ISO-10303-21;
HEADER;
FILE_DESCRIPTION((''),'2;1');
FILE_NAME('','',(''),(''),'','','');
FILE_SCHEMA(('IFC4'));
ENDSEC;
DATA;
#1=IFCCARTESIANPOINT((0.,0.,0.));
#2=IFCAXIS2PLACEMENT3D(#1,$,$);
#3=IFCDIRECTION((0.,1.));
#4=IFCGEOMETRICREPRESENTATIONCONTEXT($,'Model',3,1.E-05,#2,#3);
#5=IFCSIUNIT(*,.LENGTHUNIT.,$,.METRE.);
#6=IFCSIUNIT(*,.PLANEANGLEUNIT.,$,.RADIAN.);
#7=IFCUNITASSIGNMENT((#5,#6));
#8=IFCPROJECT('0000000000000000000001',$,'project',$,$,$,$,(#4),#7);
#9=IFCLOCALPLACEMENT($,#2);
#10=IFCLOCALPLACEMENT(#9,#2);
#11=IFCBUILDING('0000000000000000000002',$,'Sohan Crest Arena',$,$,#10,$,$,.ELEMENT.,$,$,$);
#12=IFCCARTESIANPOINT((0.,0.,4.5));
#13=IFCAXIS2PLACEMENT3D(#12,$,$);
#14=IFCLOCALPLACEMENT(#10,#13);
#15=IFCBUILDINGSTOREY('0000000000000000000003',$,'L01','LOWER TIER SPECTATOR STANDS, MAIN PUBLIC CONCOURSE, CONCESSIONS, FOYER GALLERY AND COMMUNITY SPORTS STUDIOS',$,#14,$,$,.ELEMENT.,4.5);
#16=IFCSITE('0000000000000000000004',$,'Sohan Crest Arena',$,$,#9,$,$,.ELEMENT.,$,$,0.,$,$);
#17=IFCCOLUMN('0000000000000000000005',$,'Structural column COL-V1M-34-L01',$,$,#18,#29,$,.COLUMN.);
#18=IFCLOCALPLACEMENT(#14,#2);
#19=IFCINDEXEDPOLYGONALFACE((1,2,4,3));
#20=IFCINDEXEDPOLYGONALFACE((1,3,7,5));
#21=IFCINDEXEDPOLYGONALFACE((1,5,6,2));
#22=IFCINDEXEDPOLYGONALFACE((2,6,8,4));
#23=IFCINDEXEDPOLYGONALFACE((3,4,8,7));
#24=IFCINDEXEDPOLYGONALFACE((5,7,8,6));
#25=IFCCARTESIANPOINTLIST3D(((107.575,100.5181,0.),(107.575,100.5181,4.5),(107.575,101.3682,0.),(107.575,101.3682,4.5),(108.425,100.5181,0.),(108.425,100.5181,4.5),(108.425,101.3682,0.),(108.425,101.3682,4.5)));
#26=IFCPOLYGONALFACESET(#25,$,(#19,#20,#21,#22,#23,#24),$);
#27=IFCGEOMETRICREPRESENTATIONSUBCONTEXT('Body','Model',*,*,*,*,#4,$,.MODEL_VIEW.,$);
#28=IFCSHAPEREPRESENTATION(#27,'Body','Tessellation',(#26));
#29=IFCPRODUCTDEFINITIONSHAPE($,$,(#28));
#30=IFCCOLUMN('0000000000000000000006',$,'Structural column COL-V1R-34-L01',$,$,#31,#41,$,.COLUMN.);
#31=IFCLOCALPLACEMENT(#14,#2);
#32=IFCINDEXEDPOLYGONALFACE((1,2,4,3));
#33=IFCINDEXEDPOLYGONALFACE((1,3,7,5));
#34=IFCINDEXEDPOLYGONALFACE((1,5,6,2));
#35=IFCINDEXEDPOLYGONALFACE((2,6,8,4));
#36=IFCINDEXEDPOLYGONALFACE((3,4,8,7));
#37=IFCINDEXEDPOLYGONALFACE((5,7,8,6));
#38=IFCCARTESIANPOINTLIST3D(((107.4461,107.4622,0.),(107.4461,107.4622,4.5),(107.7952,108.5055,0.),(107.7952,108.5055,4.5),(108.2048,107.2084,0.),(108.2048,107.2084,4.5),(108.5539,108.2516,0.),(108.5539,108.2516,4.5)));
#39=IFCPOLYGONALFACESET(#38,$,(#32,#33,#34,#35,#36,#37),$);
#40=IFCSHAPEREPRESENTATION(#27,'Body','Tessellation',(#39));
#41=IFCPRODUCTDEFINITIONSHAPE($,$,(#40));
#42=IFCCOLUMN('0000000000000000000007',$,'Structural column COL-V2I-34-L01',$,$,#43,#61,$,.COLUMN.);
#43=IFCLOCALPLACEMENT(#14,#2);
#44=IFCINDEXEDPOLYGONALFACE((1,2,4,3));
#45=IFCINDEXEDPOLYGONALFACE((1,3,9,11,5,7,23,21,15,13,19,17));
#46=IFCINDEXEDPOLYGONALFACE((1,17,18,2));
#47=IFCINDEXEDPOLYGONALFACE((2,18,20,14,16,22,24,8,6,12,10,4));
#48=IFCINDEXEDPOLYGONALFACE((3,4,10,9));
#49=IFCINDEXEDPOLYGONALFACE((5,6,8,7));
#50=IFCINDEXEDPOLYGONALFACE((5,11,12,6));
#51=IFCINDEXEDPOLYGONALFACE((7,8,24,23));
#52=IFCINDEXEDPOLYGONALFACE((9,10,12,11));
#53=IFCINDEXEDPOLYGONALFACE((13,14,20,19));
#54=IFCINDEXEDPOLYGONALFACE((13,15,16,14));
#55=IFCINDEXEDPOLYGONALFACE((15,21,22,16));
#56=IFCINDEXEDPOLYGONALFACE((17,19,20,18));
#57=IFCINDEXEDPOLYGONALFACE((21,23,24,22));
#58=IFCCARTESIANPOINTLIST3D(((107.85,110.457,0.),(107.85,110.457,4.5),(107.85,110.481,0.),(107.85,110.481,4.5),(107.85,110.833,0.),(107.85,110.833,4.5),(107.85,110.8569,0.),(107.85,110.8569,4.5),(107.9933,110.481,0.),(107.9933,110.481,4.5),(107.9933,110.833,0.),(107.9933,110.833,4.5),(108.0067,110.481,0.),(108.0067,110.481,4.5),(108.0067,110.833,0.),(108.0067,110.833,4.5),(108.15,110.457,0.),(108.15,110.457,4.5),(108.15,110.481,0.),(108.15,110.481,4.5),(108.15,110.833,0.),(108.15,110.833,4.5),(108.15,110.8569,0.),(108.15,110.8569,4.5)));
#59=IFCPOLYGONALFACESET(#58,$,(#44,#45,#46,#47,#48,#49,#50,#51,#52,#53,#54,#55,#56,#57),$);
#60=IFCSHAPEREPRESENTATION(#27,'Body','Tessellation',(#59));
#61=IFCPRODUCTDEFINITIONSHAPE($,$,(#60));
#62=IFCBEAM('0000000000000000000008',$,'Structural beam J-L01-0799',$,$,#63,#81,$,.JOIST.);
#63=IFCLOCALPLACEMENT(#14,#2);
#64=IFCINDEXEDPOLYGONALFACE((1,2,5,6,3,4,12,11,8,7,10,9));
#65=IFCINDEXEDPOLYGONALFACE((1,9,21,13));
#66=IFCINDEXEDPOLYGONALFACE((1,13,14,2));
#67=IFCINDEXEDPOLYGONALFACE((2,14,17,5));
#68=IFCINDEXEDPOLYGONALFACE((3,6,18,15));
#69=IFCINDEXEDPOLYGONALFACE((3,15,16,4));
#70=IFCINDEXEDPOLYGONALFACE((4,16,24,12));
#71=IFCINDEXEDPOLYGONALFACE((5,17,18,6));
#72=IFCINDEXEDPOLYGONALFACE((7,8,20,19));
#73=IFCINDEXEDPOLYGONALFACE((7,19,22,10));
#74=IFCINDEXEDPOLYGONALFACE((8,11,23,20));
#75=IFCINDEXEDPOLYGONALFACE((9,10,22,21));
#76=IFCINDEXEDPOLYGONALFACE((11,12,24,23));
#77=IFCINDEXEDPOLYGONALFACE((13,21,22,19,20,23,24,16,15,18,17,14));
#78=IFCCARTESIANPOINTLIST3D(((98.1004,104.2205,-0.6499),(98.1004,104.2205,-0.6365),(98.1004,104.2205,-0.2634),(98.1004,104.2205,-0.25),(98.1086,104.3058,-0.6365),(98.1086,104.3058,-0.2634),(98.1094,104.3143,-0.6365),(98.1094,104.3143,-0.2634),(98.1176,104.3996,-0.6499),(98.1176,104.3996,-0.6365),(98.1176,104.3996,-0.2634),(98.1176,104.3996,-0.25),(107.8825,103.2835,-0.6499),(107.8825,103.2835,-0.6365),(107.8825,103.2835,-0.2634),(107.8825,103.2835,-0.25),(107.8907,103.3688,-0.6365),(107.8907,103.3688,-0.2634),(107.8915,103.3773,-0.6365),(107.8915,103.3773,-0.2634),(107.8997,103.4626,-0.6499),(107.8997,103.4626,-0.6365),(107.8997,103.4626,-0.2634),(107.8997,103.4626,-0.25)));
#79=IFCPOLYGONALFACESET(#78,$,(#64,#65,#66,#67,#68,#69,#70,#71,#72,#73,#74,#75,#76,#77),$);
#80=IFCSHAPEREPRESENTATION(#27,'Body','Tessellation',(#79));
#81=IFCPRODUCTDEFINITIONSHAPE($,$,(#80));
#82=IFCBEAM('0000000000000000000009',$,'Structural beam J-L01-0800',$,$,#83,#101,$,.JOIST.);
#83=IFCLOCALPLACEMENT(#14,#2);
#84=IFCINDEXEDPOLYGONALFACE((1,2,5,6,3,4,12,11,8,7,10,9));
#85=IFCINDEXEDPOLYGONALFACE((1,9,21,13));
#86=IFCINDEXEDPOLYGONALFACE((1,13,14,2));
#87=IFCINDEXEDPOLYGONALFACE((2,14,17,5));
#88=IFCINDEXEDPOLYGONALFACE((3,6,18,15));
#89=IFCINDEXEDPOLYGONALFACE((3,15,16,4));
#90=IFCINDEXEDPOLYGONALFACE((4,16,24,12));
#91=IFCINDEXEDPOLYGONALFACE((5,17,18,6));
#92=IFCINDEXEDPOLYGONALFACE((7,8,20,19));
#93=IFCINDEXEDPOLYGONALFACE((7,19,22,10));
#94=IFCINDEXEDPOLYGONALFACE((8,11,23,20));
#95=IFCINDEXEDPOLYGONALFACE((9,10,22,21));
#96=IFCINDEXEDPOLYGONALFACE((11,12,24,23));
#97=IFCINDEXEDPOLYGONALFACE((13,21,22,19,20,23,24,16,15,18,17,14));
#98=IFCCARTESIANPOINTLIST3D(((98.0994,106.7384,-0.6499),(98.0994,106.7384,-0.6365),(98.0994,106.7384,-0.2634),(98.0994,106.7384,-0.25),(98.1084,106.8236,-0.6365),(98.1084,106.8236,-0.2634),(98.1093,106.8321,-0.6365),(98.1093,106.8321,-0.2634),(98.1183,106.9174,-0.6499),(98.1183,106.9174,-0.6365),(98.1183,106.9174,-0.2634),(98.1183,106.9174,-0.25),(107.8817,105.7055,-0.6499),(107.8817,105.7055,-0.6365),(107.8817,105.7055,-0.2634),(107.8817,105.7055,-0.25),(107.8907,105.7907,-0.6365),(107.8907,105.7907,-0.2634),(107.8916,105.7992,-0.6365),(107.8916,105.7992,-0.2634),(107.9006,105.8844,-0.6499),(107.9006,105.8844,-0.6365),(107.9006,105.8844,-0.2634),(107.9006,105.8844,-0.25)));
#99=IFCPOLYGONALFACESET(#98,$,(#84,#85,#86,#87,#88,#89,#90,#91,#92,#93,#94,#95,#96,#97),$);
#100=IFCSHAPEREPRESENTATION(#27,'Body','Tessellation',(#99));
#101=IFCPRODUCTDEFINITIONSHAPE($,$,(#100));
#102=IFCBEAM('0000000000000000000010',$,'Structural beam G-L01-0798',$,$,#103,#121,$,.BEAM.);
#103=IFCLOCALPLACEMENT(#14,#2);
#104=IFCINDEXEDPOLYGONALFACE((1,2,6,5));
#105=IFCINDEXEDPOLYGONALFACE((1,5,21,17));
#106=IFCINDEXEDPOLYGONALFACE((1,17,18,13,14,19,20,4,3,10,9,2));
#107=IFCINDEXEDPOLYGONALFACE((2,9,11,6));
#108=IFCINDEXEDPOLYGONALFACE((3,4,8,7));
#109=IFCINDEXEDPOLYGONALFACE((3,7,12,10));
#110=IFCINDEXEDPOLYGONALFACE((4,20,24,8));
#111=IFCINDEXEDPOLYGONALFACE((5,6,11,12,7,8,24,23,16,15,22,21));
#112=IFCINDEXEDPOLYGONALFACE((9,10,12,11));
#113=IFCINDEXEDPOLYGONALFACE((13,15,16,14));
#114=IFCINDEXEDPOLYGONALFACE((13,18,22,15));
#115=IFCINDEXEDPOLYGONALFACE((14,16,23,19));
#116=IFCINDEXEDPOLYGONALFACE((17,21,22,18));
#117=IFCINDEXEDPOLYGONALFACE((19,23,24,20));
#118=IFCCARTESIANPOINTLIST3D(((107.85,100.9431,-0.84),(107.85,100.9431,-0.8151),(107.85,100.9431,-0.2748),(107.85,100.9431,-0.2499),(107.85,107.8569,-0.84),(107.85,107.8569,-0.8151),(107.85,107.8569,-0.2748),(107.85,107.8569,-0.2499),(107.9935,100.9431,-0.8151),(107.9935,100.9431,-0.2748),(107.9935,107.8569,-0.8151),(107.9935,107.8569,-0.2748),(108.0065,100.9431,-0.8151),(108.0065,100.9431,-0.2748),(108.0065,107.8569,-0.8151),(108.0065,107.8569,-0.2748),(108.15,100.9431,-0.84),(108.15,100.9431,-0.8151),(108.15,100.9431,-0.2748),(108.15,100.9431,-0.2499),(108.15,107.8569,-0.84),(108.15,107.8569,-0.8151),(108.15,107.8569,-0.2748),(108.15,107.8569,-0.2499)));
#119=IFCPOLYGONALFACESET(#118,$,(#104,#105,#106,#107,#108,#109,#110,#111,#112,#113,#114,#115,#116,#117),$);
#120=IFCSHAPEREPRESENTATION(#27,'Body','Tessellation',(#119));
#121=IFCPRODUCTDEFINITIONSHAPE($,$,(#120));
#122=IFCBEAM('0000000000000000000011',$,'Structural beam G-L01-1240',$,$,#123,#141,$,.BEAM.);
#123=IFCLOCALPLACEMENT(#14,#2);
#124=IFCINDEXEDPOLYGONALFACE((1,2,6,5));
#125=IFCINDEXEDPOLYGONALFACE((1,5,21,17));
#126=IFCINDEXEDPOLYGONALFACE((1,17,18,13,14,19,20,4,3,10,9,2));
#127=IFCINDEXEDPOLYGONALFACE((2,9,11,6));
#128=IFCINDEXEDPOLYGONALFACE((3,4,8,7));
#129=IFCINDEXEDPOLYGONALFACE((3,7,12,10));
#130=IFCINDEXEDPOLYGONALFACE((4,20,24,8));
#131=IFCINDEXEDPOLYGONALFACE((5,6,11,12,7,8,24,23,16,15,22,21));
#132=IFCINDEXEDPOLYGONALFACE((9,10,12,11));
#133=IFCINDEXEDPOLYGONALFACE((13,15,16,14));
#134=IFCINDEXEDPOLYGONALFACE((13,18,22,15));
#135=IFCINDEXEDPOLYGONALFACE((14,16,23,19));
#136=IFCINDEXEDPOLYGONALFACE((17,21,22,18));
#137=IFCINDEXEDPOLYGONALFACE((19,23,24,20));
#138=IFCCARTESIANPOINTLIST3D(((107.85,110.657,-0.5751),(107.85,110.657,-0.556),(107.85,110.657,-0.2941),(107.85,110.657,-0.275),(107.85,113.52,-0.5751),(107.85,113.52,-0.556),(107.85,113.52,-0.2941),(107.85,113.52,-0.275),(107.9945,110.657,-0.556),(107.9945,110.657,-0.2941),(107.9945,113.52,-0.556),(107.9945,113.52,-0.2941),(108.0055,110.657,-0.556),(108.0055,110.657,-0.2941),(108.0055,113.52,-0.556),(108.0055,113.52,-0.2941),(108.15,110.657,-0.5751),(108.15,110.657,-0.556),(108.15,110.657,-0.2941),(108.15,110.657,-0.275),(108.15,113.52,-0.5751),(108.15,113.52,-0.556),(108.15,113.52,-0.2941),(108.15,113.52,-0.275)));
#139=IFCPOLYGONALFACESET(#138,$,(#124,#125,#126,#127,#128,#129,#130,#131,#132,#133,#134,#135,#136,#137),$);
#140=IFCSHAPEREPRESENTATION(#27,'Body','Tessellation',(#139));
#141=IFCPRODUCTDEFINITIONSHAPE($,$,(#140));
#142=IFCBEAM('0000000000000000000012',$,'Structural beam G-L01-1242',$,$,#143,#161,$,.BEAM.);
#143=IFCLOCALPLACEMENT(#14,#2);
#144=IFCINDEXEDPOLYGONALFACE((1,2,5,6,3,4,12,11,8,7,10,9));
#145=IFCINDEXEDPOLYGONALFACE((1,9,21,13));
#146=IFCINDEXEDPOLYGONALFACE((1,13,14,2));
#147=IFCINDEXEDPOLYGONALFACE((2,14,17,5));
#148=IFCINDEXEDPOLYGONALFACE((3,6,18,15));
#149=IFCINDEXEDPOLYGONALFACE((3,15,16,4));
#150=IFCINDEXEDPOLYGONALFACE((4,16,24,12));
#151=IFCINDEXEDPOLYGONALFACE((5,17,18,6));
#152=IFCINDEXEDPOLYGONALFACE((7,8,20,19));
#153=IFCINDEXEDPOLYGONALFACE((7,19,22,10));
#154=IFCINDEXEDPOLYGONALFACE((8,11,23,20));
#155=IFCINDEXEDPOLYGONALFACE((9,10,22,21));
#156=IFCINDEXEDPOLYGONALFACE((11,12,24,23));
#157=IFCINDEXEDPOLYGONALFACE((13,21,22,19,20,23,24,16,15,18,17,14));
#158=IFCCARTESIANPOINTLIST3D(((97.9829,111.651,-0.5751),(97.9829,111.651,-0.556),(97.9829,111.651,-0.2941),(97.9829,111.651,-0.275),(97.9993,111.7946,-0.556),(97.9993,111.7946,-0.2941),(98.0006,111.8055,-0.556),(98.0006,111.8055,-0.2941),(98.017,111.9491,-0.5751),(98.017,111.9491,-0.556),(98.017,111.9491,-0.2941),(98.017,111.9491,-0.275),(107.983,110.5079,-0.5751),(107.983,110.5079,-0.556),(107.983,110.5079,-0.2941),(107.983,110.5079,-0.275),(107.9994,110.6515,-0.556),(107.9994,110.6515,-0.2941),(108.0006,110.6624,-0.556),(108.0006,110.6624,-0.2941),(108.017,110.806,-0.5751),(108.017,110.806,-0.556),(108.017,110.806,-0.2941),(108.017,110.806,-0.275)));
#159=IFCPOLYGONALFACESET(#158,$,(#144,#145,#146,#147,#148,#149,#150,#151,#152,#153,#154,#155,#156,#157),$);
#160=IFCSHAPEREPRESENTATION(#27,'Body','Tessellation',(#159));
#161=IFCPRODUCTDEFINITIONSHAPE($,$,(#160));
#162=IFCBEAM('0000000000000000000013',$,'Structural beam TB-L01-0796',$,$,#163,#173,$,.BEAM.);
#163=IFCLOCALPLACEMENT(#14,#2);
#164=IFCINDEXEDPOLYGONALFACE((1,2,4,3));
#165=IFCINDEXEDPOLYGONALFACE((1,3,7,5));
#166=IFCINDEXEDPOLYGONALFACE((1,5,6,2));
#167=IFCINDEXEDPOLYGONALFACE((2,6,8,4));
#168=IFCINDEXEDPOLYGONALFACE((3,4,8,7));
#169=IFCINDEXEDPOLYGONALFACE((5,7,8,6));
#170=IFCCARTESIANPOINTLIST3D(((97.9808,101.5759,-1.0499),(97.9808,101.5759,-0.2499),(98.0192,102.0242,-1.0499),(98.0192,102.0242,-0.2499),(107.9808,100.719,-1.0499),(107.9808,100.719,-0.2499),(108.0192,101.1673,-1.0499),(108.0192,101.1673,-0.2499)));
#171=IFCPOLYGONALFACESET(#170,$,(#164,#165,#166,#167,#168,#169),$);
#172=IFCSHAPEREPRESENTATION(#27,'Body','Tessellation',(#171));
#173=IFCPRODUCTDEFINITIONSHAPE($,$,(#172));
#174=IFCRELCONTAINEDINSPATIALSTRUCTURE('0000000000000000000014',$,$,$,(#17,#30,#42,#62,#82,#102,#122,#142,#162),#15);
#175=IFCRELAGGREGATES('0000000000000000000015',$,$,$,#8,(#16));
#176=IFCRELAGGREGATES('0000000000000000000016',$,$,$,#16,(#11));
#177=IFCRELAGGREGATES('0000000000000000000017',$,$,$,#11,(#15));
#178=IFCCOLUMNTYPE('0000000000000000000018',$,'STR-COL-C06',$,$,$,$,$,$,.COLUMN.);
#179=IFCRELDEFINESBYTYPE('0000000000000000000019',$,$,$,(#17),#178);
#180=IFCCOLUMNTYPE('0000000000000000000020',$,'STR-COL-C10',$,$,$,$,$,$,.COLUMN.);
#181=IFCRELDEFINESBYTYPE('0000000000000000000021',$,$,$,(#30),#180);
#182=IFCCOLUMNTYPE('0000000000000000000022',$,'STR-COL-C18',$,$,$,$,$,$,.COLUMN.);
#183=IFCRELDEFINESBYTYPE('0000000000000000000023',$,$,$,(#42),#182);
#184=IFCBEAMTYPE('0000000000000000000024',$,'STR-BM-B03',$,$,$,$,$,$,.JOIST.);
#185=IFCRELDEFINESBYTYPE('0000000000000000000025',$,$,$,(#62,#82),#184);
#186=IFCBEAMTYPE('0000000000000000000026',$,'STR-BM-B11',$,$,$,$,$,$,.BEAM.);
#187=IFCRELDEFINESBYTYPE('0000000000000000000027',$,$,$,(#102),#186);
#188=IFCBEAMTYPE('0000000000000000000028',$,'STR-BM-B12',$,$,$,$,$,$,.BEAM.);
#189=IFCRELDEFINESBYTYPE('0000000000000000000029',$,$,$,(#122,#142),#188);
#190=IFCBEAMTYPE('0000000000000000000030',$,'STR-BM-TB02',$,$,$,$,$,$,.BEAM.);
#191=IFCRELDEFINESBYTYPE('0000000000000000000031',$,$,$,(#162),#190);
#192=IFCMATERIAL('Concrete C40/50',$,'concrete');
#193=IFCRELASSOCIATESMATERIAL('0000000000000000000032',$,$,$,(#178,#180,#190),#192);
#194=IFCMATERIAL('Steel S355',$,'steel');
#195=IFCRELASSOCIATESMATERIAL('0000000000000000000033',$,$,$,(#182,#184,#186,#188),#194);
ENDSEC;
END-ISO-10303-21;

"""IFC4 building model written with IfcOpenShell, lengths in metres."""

from ifc_helpers import new_model, si_unit, direction, frame, origin, origin_2d, place, context, subcontext, project, spatial, rectangle, i_section, extrude, material, material_profile, profile_set, type_object, element, save


model = new_model("IFC4")

# Units and contexts
model_context = context("Model", 3, precision=1e-05, world=origin(), true_north=direction((0.0, 1.0)))
body_context = subcontext(model_context, "Body", "Model", "MODEL_VIEW")
ifc_project = project(units=[si_unit("LENGTHUNIT", "METRE"), si_unit("PLANEANGLEUNIT", "RADIAN")], contexts=[model_context])

# Site, building, storey
site_placement = place(None, origin())
site = spatial("IfcSite", under=ifc_project, at=site_placement, Name="Sohan Crest Arena", CompositionType="ELEMENT", RefElevation=0.0)
building_placement = place(site_placement, origin())
building = spatial("IfcBuilding", under=site, at=building_placement, Name="Sohan Crest Arena", CompositionType="ELEMENT")
storey_placement = place(building_placement, frame((0.0, 0.0, 4.5)))
storey = spatial("IfcBuildingStorey", under=building, at=storey_placement, Name="L01", Description="LOWER TIER SPECTATOR STANDS, MAIN PUBLIC CONCOURSE, CONCESSIONS, FOYER GALLERY AND COMMUNITY SPORTS STUDIOS", CompositionType="ELEMENT", Elevation=4.5)

# Columns
ifc_material_1 = material(Name="Concrete C40/50", Category="concrete")
ifc_material_profile_1 = material_profile(ifc_material_1, rectangle(XDim=0.8501, YDim=0.8501, at=origin_2d()), Name="RC 850x850")
ifc_profile_set_1 = profile_set([ifc_material_profile_1], Name="Concrete C40/50")
column_type_1 = type_object("IfcColumnType", Name="STR-COL-C06", PredefinedType="COLUMN", material=ifc_profile_set_1)
column_1_placement = place(storey_placement, frame((108.0, 100.9431, 0.0), z_axis=(0.0, 0.0, 1.0), x_axis=(1.0, 0.0, 0.0)))
element("IfcColumn", 1, at=column_1_placement, inside=storey, type_object=column_type_1, Name="Structural column COL-V1M-34-L01", PredefinedType="COLUMN", context=body_context, shape_type="SweptSolid", body=[
    extrude(rectangle(XDim=0.8501, YDim=0.8501, at=origin_2d()), origin(), (0.0, 0.0, 1.0), 4.5),
])
ifc_material_profile_2 = material_profile(ifc_material_1, rectangle(XDim=1.1001, YDim=0.8, at=origin_2d()), Name="RC 1100x800")
ifc_profile_set_2 = profile_set([ifc_material_profile_2], Name="Concrete C40/50")
column_type_2 = type_object("IfcColumnType", Name="STR-COL-C10", PredefinedType="COLUMN", material=ifc_profile_set_2)
column_2_placement = place(storey_placement, frame((108.0, 107.8569, 0.0), z_axis=(0.0, 0.0, 1.0), x_axis=(0.317305, 0.948324, 0.0)))
element("IfcColumn", 2, at=column_2_placement, inside=storey, type_object=column_type_2, Name="Structural column COL-V1R-34-L01", PredefinedType="COLUMN", context=body_context, shape_type="SweptSolid", body=[
    extrude(rectangle(XDim=1.1001, YDim=0.8, at=origin_2d()), origin(), (0.0, 0.0, 1.0), 4.5),
])
ifc_material_2 = material(Name="Steel S355", Category="steel")
ifc_material_profile_3 = material_profile(ifc_material_2, i_section(OverallWidth=0.3, OverallDepth=0.3999, WebThickness=0.0134, FlangeThickness=0.0239, at=origin_2d()), Name="HEB 400")
ifc_profile_set_3 = profile_set([ifc_material_profile_3], Name="Steel S355")
column_type_3 = type_object("IfcColumnType", Name="STR-COL-C18", PredefinedType="COLUMN", material=ifc_profile_set_3)
column_3_placement = place(storey_placement, frame((108.0, 110.657, 0.0), z_axis=(0.0, 0.0, 1.0), x_axis=(1.0, 0.0, 0.0)))
element("IfcColumn", 3, at=column_3_placement, inside=storey, type_object=column_type_3, Name="Structural column COL-V2I-34-L01", PredefinedType="COLUMN", context=body_context, shape_type="SweptSolid", body=[
    extrude(i_section(OverallWidth=0.3, OverallDepth=0.3999, WebThickness=0.0134, FlangeThickness=0.0239, at=origin_2d()), origin(), (0.0, 0.0, 1.0), 4.5),
])

# Beams
ifc_material_profile_4 = material_profile(ifc_material_2, i_section(OverallWidth=0.1799, OverallDepth=0.3999, WebThickness=0.0085, FlangeThickness=0.0134, at=origin_2d()), Name="IPE 400")
ifc_profile_set_4 = profile_set([ifc_material_profile_4], Name="Steel S355")
beam_type_1 = type_object("IfcBeamType", Name="STR-BM-B03", PredefinedType="JOIST", material=ifc_profile_set_4)
beam_1_placement = place(storey_placement, frame((107.8911, 103.373, -0.45), z_axis=(-0.995444, 0.095351, 0.0), x_axis=(-0.095351, -0.995444, 0.0)))
element("IfcBeam", 4, at=beam_1_placement, inside=storey, type_object=beam_type_1, Name="Structural beam J-L01-0799", PredefinedType="JOIST", context=body_context, shape_type="SweptSolid", body=[
    extrude(i_section(OverallWidth=0.1799, OverallDepth=0.3999, WebThickness=0.0085, FlangeThickness=0.0134, at=origin_2d()), origin(), (0.0, 0.0, 1.0), 9.8269),
])
beam_2_placement = place(storey_placement, frame((107.8911, 105.7949, -0.45), z_axis=(-0.994471, 0.105012, 0.0), x_axis=(-0.105012, -0.994471, 0.0)))
element("IfcBeam", 5, at=beam_2_placement, inside=storey, type_object=beam_type_1, Name="Structural beam J-L01-0800", PredefinedType="JOIST", context=body_context, shape_type="SweptSolid", body=[
    extrude(i_section(OverallWidth=0.1799, OverallDepth=0.3999, WebThickness=0.0085, FlangeThickness=0.0134, at=origin_2d()), origin(), (0.0, 0.0, 1.0), 9.8367),
])
ifc_material_profile_5 = material_profile(ifc_material_2, i_section(OverallWidth=0.3, OverallDepth=0.5901, WebThickness=0.0129, FlangeThickness=0.0249, at=origin_2d()), Name="HEA 600")
ifc_profile_set_5 = profile_set([ifc_material_profile_5], Name="Steel S355")
beam_type_2 = type_object("IfcBeamType", Name="STR-BM-B11", PredefinedType="BEAM", material=ifc_profile_set_5)
beam_3_placement = place(storey_placement, frame((108.0, 100.9431, -0.5449), z_axis=(0.0, 1.0, 0.0), x_axis=(-1.0, 0.0, 0.0)))
element("IfcBeam", 6, at=beam_3_placement, inside=storey, type_object=beam_type_2, Name="Structural beam G-L01-0798", PredefinedType="BEAM", context=body_context, shape_type="SweptSolid", body=[
    extrude(i_section(OverallWidth=0.3, OverallDepth=0.5901, WebThickness=0.0129, FlangeThickness=0.0249, at=origin_2d()), origin(), (0.0, 0.0, 1.0), 6.9138),
])
ifc_material_profile_6 = material_profile(ifc_material_2, i_section(OverallWidth=0.3, OverallDepth=0.3, WebThickness=0.011, FlangeThickness=0.019, at=origin_2d()), Name="HEB 300")
ifc_profile_set_6 = profile_set([ifc_material_profile_6], Name="Steel S355")
beam_type_3 = type_object("IfcBeamType", Name="STR-BM-B12", PredefinedType="BEAM", material=ifc_profile_set_6)
beam_4_placement = place(storey_placement, frame((108.0, 110.657, -0.425), z_axis=(0.0, 1.0, 0.0), x_axis=(-1.0, 0.0, 0.0)))
element("IfcBeam", 7, at=beam_4_placement, inside=storey, type_object=beam_type_3, Name="Structural beam G-L01-1240", PredefinedType="BEAM", context=body_context, shape_type="SweptSolid", body=[
    extrude(i_section(OverallWidth=0.3, OverallDepth=0.3, WebThickness=0.011, FlangeThickness=0.019, at=origin_2d()), origin(), (0.0, 0.0, 1.0), 2.863),
])
beam_5_placement = place(storey_placement, frame((108.0, 110.657, -0.425), z_axis=(-0.99353, 0.113567, 0.0), x_axis=(-0.113567, -0.99353, 0.0)))
element("IfcBeam", 8, at=beam_5_placement, inside=storey, type_object=beam_type_3, Name="Structural beam G-L01-1242", PredefinedType="BEAM", context=body_context, shape_type="SweptSolid", body=[
    extrude(i_section(OverallWidth=0.3, OverallDepth=0.3, WebThickness=0.011, FlangeThickness=0.019, at=origin_2d()), origin(), (0.0, 0.0, 1.0), 10.0652),
])
ifc_material_profile_7 = material_profile(ifc_material_1, rectangle(XDim=0.45, YDim=0.8, at=origin_2d()), Name="RC-BM 450x800")
ifc_profile_set_7 = profile_set([ifc_material_profile_7], Name="Concrete C40/50")
beam_type_4 = type_object("IfcBeamType", Name="STR-BM-TB02", PredefinedType="BEAM", material=ifc_profile_set_7)
beam_6_placement = place(storey_placement, frame((108.0, 100.9431, -0.6499), z_axis=(-0.996348, 0.08538, 0.0), x_axis=(-0.08538, -0.996348, 0.0)))
element("IfcBeam", 9, at=beam_6_placement, inside=storey, type_object=beam_type_4, Name="Structural beam TB-L01-0796", PredefinedType="BEAM", context=body_context, shape_type="SweptSolid", body=[
    extrude(rectangle(XDim=0.45, YDim=0.8, at=origin_2d()), origin(), (0.0, 0.0, 1.0), 10.0366),
])

save(model, "model.ifc")
